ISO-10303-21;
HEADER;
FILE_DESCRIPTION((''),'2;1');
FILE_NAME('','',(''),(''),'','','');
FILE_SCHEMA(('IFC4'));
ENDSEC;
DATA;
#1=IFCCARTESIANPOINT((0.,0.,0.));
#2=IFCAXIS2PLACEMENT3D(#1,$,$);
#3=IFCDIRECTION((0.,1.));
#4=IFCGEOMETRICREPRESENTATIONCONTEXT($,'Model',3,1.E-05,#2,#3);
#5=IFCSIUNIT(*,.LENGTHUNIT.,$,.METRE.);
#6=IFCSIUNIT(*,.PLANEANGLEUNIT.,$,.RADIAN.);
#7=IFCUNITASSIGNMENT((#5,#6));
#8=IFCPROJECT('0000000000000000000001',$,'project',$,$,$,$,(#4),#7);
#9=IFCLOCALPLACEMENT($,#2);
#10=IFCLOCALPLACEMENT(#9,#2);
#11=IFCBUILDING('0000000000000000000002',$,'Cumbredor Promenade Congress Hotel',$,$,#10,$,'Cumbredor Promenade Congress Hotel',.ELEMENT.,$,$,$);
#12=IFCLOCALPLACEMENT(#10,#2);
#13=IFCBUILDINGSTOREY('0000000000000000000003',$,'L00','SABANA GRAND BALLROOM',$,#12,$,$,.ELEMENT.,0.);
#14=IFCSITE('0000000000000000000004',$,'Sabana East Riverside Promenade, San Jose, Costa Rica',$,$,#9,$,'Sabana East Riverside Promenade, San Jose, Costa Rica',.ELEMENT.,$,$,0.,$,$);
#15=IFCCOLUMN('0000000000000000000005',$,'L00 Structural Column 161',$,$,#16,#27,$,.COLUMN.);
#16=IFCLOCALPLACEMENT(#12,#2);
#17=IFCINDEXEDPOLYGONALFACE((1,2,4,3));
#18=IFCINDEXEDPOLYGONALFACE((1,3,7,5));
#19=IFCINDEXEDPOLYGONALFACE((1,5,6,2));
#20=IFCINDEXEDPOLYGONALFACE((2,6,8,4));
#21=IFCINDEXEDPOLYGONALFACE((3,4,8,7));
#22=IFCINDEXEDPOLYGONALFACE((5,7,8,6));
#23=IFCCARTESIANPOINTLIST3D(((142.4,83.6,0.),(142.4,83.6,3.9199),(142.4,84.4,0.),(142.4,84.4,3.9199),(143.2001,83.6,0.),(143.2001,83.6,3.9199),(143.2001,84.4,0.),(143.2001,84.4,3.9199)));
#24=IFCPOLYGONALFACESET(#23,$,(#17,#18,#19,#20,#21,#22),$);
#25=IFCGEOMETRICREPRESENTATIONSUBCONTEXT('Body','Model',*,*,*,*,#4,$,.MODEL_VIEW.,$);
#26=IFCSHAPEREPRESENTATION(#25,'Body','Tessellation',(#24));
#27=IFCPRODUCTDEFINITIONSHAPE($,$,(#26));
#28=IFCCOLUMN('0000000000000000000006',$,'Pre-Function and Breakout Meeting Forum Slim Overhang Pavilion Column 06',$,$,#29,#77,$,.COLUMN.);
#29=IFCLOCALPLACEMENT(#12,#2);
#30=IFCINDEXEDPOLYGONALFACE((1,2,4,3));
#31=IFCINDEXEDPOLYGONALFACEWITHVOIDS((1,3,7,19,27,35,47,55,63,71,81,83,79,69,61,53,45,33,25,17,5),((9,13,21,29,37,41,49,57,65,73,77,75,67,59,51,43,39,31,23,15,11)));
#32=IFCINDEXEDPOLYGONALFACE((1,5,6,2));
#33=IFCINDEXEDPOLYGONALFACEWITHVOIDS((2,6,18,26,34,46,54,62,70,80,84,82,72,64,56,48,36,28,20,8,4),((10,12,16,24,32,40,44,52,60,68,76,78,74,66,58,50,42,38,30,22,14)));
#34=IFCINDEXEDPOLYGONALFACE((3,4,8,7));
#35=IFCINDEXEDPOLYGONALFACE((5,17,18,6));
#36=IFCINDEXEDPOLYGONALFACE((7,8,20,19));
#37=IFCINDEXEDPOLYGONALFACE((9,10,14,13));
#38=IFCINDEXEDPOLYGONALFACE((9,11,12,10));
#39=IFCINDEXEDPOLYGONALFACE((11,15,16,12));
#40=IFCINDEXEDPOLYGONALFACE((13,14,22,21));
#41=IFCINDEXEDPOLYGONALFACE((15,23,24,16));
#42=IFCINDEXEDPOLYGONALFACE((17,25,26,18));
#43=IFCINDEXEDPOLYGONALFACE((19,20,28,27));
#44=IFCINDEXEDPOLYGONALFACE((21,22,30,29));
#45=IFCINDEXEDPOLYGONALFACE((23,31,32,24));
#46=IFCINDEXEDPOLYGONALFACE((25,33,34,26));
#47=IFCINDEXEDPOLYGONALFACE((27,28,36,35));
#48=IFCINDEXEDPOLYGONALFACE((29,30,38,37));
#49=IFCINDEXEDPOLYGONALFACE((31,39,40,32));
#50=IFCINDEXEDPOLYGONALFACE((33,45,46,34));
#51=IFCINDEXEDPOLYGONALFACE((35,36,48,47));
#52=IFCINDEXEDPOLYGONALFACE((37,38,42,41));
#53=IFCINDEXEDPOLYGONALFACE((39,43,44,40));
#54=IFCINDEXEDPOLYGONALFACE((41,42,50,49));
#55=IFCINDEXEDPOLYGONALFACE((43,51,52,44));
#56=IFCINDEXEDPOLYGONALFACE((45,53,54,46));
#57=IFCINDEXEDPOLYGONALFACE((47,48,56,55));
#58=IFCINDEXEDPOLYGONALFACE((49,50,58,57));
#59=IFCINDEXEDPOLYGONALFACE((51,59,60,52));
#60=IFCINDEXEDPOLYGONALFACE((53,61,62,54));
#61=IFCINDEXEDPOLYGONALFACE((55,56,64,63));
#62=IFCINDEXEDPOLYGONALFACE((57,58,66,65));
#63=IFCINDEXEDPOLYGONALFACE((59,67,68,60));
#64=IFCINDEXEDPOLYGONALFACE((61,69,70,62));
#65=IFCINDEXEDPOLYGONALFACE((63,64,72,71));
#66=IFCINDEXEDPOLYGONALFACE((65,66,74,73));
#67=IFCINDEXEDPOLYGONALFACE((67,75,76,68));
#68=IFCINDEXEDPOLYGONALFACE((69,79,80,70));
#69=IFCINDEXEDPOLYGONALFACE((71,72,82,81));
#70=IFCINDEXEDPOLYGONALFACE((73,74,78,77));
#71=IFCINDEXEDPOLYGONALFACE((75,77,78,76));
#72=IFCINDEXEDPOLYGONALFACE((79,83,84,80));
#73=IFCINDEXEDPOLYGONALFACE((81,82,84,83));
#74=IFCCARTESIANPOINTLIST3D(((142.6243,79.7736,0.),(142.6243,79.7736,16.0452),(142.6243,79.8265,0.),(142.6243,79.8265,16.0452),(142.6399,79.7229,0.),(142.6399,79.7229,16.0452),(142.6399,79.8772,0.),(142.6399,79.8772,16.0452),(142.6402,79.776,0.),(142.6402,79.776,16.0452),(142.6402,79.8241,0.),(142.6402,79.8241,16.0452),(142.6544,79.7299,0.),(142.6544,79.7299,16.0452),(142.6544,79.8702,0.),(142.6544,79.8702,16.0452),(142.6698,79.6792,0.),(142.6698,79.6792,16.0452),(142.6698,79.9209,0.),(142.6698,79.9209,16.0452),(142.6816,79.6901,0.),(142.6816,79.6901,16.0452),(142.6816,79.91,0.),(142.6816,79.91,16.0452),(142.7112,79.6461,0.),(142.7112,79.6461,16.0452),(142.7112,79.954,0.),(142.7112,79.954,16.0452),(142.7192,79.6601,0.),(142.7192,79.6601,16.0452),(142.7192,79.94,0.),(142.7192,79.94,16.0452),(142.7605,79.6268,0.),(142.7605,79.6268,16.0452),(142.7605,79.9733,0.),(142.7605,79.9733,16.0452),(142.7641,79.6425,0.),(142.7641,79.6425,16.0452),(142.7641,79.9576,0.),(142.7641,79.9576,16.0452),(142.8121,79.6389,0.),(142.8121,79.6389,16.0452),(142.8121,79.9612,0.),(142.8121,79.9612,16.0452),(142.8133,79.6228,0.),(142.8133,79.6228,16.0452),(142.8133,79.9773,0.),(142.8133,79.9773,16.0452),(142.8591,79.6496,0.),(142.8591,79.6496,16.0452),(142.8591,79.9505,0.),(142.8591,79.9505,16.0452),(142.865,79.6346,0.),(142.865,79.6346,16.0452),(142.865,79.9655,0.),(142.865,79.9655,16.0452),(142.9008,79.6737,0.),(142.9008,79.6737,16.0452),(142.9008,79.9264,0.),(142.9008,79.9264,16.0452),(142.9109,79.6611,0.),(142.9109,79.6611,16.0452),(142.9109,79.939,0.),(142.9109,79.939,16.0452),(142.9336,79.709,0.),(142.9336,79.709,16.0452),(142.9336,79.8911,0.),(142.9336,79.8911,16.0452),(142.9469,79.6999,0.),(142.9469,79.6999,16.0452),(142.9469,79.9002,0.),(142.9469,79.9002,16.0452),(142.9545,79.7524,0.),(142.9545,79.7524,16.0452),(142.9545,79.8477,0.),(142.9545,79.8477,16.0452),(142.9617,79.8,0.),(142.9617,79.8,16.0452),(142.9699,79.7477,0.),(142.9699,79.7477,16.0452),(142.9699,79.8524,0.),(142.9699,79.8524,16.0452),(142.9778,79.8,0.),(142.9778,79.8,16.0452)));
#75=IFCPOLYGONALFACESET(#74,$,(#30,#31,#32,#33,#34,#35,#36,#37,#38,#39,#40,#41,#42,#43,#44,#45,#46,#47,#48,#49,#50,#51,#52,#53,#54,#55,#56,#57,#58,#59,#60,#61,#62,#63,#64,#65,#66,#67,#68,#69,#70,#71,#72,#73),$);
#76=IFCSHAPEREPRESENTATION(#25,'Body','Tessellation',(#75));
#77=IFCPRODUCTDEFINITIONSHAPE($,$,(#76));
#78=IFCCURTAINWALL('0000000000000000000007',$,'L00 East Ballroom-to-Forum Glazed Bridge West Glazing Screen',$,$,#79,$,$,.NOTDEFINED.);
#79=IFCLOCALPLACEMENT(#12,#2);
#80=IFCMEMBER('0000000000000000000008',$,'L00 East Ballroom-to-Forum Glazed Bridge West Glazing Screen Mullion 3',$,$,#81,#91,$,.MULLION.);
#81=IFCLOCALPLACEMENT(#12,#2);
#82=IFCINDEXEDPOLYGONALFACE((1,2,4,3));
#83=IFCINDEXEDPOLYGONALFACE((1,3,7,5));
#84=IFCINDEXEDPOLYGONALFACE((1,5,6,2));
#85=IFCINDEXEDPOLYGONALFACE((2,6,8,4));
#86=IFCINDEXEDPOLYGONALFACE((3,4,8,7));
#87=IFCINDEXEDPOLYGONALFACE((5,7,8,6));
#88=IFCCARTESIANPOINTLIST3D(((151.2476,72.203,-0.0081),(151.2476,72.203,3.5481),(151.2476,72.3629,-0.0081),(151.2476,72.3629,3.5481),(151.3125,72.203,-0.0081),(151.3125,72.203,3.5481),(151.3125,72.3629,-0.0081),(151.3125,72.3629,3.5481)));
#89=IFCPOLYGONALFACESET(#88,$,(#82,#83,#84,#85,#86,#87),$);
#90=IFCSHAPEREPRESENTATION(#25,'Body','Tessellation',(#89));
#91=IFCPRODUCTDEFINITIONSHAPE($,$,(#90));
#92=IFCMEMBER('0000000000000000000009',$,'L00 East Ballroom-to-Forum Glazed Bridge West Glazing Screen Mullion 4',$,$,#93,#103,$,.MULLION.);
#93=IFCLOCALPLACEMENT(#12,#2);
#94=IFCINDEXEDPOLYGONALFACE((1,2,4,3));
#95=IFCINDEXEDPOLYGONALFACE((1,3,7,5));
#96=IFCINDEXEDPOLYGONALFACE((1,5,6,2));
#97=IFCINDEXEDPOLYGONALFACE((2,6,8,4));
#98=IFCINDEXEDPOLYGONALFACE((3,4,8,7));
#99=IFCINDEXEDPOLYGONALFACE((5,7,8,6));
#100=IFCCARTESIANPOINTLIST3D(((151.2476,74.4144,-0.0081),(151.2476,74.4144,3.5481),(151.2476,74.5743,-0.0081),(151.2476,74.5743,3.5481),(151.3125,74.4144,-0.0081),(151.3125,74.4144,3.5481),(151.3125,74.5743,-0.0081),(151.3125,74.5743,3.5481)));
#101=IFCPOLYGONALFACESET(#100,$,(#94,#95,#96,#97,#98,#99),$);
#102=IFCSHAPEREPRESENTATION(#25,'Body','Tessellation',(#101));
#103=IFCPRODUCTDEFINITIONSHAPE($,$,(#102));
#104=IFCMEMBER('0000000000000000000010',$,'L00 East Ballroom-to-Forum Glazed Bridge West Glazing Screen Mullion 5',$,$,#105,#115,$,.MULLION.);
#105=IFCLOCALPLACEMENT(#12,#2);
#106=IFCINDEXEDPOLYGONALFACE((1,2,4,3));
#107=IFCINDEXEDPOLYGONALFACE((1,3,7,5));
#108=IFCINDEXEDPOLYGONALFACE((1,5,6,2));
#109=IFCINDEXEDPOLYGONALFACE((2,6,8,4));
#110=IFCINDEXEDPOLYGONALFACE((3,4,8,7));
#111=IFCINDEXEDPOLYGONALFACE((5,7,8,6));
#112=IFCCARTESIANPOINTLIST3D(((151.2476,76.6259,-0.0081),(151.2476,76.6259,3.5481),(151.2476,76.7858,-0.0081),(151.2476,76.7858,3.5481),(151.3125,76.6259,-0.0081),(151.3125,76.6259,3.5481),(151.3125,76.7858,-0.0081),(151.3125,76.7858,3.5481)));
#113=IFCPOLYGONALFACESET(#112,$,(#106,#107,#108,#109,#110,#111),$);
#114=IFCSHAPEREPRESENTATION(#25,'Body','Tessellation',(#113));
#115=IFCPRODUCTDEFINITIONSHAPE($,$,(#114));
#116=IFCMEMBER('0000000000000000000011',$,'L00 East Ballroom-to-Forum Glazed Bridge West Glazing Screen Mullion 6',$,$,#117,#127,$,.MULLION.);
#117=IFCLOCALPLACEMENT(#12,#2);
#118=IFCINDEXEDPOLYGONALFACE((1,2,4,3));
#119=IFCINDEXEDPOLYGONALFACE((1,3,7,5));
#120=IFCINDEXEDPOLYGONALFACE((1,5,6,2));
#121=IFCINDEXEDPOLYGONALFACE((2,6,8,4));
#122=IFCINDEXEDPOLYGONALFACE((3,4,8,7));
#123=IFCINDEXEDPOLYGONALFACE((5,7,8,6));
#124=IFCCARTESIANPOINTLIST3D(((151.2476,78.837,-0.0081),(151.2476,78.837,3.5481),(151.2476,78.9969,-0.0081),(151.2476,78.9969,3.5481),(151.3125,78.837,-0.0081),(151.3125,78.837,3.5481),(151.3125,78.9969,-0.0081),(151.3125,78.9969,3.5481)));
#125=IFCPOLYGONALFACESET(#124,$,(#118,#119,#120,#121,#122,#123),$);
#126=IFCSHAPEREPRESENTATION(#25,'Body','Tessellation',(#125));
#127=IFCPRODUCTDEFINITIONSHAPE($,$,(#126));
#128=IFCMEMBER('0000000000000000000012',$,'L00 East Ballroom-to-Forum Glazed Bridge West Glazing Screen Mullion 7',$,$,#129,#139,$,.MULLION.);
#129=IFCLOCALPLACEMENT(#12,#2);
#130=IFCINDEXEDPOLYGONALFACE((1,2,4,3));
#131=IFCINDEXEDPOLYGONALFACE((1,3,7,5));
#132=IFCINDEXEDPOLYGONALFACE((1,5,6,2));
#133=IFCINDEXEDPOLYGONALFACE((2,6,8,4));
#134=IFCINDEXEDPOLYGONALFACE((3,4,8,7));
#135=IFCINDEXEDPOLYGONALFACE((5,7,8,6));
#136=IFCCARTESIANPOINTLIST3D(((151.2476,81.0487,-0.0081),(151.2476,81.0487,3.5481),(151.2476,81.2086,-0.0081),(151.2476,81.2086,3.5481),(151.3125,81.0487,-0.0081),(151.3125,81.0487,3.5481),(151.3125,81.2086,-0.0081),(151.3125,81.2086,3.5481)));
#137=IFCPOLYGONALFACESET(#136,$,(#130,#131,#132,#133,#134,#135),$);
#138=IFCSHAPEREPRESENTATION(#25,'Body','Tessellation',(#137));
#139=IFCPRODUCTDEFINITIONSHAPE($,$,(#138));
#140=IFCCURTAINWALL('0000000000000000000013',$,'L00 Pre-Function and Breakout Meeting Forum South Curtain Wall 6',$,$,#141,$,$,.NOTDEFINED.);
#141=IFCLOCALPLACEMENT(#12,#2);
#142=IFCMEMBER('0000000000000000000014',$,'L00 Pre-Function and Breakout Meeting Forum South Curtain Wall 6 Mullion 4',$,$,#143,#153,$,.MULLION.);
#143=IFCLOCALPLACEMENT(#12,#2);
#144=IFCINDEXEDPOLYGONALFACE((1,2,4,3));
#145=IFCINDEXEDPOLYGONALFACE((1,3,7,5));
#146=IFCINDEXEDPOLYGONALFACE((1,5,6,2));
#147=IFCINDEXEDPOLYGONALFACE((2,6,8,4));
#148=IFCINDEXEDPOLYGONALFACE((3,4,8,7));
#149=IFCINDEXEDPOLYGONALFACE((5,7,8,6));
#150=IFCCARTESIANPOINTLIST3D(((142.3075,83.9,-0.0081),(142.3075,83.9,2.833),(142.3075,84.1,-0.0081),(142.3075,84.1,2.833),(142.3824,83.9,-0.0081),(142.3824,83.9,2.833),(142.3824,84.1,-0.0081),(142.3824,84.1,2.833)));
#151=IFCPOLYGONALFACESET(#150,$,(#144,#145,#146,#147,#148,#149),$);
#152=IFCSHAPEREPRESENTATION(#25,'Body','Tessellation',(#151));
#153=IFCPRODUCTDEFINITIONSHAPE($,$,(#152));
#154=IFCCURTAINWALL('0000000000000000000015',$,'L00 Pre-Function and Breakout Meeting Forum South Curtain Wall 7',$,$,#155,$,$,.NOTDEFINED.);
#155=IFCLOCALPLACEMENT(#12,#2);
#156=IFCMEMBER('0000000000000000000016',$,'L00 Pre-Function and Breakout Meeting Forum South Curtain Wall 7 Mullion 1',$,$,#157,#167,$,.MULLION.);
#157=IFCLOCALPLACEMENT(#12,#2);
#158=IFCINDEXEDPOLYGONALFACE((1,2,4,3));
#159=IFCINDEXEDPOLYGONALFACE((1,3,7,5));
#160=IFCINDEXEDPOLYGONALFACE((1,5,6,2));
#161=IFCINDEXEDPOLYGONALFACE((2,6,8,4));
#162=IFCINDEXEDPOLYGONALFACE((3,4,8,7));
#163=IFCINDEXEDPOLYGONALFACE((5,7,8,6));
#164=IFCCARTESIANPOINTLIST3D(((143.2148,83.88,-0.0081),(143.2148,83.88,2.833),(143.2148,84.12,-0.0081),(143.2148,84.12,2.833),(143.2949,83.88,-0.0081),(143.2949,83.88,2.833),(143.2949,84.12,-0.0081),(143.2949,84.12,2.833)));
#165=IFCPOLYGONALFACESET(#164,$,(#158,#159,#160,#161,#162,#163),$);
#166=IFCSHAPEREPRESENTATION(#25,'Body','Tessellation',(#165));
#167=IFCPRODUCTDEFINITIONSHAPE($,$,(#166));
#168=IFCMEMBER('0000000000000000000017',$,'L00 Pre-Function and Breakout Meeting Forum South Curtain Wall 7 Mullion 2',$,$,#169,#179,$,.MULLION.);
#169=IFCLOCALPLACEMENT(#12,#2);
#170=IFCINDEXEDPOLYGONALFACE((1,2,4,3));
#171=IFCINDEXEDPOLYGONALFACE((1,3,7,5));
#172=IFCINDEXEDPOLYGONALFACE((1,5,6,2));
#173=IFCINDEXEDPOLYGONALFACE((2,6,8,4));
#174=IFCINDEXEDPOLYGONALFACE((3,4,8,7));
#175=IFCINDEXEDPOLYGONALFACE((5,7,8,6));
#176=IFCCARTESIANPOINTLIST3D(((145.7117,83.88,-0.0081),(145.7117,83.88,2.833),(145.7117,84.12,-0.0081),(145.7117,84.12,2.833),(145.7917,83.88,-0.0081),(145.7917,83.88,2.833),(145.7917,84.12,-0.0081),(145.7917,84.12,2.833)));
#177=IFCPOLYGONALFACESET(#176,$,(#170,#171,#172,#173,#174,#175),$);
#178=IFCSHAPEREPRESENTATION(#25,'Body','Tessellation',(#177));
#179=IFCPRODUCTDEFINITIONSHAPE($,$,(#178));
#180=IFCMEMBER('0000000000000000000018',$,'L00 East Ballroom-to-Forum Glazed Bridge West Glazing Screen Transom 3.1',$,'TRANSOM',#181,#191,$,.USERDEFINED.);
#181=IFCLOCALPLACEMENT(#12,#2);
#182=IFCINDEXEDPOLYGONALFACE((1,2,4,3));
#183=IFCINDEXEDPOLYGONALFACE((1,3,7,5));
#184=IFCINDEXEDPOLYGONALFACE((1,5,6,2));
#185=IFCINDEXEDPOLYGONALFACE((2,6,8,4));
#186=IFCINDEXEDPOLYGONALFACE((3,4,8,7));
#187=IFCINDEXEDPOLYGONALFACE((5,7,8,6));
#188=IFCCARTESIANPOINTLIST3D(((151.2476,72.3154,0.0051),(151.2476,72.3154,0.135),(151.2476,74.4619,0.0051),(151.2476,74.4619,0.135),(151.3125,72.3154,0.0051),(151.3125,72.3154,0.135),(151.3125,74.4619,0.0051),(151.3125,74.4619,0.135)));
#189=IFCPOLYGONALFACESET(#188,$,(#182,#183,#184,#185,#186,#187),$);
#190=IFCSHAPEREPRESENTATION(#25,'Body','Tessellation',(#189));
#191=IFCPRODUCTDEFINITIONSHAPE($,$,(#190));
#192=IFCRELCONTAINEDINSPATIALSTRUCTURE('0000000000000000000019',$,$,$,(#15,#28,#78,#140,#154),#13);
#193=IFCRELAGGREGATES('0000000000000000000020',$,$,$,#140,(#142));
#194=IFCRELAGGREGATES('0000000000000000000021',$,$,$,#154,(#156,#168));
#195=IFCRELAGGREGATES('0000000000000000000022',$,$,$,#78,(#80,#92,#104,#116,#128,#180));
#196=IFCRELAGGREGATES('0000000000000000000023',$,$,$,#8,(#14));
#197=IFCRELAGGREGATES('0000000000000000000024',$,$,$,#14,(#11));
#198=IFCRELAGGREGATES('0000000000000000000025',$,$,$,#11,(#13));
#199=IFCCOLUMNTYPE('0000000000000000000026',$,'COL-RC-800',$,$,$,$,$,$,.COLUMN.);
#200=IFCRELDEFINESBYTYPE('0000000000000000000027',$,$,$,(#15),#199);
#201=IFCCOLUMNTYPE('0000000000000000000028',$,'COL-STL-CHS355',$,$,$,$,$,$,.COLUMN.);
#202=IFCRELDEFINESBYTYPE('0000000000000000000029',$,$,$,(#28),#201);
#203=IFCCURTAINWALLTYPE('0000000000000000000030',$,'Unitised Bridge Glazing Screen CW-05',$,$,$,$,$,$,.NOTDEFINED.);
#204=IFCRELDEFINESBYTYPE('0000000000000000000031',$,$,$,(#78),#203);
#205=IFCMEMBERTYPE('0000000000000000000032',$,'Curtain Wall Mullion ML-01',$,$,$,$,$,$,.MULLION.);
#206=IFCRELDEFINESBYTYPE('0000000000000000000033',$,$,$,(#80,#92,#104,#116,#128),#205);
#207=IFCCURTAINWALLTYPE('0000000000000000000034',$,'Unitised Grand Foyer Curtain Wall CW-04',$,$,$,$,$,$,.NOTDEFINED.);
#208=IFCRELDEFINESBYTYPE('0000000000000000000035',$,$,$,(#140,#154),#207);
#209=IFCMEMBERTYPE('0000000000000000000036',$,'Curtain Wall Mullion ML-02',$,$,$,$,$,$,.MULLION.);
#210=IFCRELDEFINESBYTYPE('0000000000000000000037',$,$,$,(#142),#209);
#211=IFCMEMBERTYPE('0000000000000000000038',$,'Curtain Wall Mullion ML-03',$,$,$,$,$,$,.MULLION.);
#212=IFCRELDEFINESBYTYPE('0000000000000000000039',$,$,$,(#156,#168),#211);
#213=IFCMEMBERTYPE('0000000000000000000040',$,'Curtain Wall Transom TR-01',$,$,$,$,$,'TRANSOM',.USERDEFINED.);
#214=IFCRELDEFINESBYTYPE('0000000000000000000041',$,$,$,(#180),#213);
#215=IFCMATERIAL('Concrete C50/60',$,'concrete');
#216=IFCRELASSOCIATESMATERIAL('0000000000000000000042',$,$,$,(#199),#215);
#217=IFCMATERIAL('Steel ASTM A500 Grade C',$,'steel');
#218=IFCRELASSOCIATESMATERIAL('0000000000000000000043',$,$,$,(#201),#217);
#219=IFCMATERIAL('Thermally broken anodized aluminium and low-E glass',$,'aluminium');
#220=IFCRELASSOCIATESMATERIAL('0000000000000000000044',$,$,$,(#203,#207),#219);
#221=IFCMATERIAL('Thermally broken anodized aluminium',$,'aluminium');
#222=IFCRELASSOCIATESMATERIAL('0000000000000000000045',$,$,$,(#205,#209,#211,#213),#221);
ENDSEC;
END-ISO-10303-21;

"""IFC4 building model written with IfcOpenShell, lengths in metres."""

from ifc_helpers import new_model, si_unit, direction, frame, origin, origin_2d, place, context, subcontext, project, spatial, rectangle, hollow_circle, extrude, material, material_profile, profile_set, type_object, element, aggregate, save


model = new_model("IFC4")

# Units and contexts
model_context = context("Model", 3, precision=1e-05, world=origin(), true_north=direction((0.0, 1.0)))
body_context = subcontext(model_context, "Body", "Model", "MODEL_VIEW")
ifc_project = project(units=[si_unit("LENGTHUNIT", "METRE"), si_unit("PLANEANGLEUNIT", "RADIAN")], contexts=[model_context])

# Site, building, storey
site_placement = place(None, origin())
site = spatial("IfcSite", under=ifc_project, at=site_placement, Name="Sabana East Riverside Promenade, San Jose, Costa Rica", LongName="Sabana East Riverside Promenade, San Jose, Costa Rica", CompositionType="ELEMENT", RefElevation=0.0)
building_placement = place(site_placement, origin())
building = spatial("IfcBuilding", under=site, at=building_placement, Name="Cumbredor Promenade Congress Hotel", LongName="Cumbredor Promenade Congress Hotel", CompositionType="ELEMENT")
storey_placement = place(building_placement, origin())
storey = spatial("IfcBuildingStorey", under=building, at=storey_placement, Name="L00", Description="SABANA GRAND BALLROOM", CompositionType="ELEMENT", Elevation=0.0)

# Columns
ifc_material_1 = material(Name="Concrete C50/60", Category="concrete")
ifc_material_profile_1 = material_profile(ifc_material_1, rectangle(XDim=0.8, YDim=0.8, at=origin_2d()), Name="RC 800x800")
ifc_profile_set_1 = profile_set([ifc_material_profile_1], Name="Concrete C50/60")
column_type_1 = type_object("IfcColumnType", Name="COL-RC-800", PredefinedType="COLUMN", material=ifc_profile_set_1)
column_1_placement = place(storey_placement, frame((142.8, 84.0, 0.0), z_axis=(0.0, 0.0, 1.0), x_axis=(1.0, 0.0, 0.0)))
element("IfcColumn", 1, at=column_1_placement, inside=storey, type_object=column_type_1, Name="L00 Structural Column 161", PredefinedType="COLUMN", context=body_context, shape_type="SweptSolid", body=[
    extrude(rectangle(XDim=0.8, YDim=0.8, at=origin_2d()), origin(), (0.0, 0.0, 1.0), 3.9199),
])
ifc_material_2 = material(Name="Steel ASTM A500 Grade C", Category="steel")
ifc_material_profile_2 = material_profile(ifc_material_2, hollow_circle(Radius=0.1777, WallThickness=0.0161, at=origin_2d()), Name="CHS 355.6x16")
ifc_profile_set_2 = profile_set([ifc_material_profile_2], Name="Steel ASTM A500 Grade C")
column_type_2 = type_object("IfcColumnType", Name="COL-STL-CHS355", PredefinedType="COLUMN", material=ifc_profile_set_2)
column_2_placement = place(storey_placement, frame((142.8, 79.8, 0.0), z_axis=(0.0, 0.0, 1.0), x_axis=(1.0, 0.0, 0.0)))
element("IfcColumn", 2, at=column_2_placement, inside=storey, type_object=column_type_2, Name="Pre-Function and Breakout Meeting Forum Slim Overhang Pavilion Column 06", PredefinedType="COLUMN", context=body_context, shape_type="SweptSolid", body=[
    extrude(hollow_circle(Radius=0.1777, WallThickness=0.0161, at=origin_2d()), origin(), (0.0, 0.0, 1.0), 16.0452),
])

# Curtain wall, members
ifc_material_3 = material(Name="Thermally broken anodized aluminium and low-E glass", Category="aluminium")
curtain_wall_type_1 = type_object("IfcCurtainWallType", Name="Unitised Bridge Glazing Screen CW-05", PredefinedType="NOTDEFINED", material=ifc_material_3)
curtain_wall_1_placement = place(storey_placement, origin())
curtain_wall_1 = element("IfcCurtainWall", 3, at=curtain_wall_1_placement, inside=storey, type_object=curtain_wall_type_1, Name="L00 East Ballroom-to-Forum Glazed Bridge West Glazing Screen", PredefinedType="NOTDEFINED")
ifc_material_4 = material(Name="Thermally broken anodized aluminium", Category="aluminium")
ifc_material_profile_3 = material_profile(ifc_material_4, rectangle(XDim=0.0649, YDim=0.1599, at=origin_2d()), Name="ALU MULLION 65x160")
ifc_profile_set_3 = profile_set([ifc_material_profile_3], Name="Thermally broken anodized aluminium")
member_type_1 = type_object("IfcMemberType", Name="Curtain Wall Mullion ML-01", PredefinedType="MULLION", material=ifc_profile_set_3)
member_1_placement = place(storey_placement, frame((151.28, 72.283, -0.0081), z_axis=(0.0, 0.0, 1.0), x_axis=(1.0, 0.0, 0.0)))
member_1 = element("IfcMember", 4, at=member_1_placement, type_object=member_type_1, Name="L00 East Ballroom-to-Forum Glazed Bridge West Glazing Screen Mullion 3", PredefinedType="MULLION", context=body_context, shape_type="SweptSolid", body=[
    extrude(rectangle(XDim=0.0649, YDim=0.1599, at=origin_2d()), origin(), (0.0, 0.0, 1.0), 3.5562),
])
member_2_placement = place(storey_placement, frame((151.28, 74.4944, -0.0081), z_axis=(0.0, 0.0, 1.0), x_axis=(1.0, 0.0, 0.0)))
member_2 = element("IfcMember", 5, at=member_2_placement, type_object=member_type_1, Name="L00 East Ballroom-to-Forum Glazed Bridge West Glazing Screen Mullion 4", PredefinedType="MULLION", context=body_context, shape_type="SweptSolid", body=[
    extrude(rectangle(XDim=0.0649, YDim=0.1599, at=origin_2d()), origin(), (0.0, 0.0, 1.0), 3.5562),
])
member_3_placement = place(storey_placement, frame((151.28, 76.7058, -0.0081), z_axis=(0.0, 0.0, 1.0), x_axis=(1.0, 0.0, 0.0)))
member_3 = element("IfcMember", 6, at=member_3_placement, type_object=member_type_1, Name="L00 East Ballroom-to-Forum Glazed Bridge West Glazing Screen Mullion 5", PredefinedType="MULLION", context=body_context, shape_type="SweptSolid", body=[
    extrude(rectangle(XDim=0.0649, YDim=0.1599, at=origin_2d()), origin(), (0.0, 0.0, 1.0), 3.5562),
])
member_4_placement = place(storey_placement, frame((151.28, 78.917, -0.0081), z_axis=(0.0, 0.0, 1.0), x_axis=(1.0, 0.0, 0.0)))
member_4 = element("IfcMember", 7, at=member_4_placement, type_object=member_type_1, Name="L00 East Ballroom-to-Forum Glazed Bridge West Glazing Screen Mullion 6", PredefinedType="MULLION", context=body_context, shape_type="SweptSolid", body=[
    extrude(rectangle(XDim=0.0649, YDim=0.1599, at=origin_2d()), origin(), (0.0, 0.0, 1.0), 3.5562),
])
member_5_placement = place(storey_placement, frame((151.28, 81.1287, -0.0081), z_axis=(0.0, 0.0, 1.0), x_axis=(1.0, 0.0, 0.0)))
member_5 = element("IfcMember", 8, at=member_5_placement, type_object=member_type_1, Name="L00 East Ballroom-to-Forum Glazed Bridge West Glazing Screen Mullion 7", PredefinedType="MULLION", context=body_context, shape_type="SweptSolid", body=[
    extrude(rectangle(XDim=0.0649, YDim=0.1599, at=origin_2d()), origin(), (0.0, 0.0, 1.0), 3.5562),
])

# Curtain wall, member
curtain_wall_type_2 = type_object("IfcCurtainWallType", Name="Unitised Grand Foyer Curtain Wall CW-04", PredefinedType="NOTDEFINED", material=ifc_material_3)
curtain_wall_2_placement = place(storey_placement, origin())
curtain_wall_2 = element("IfcCurtainWall", 9, at=curtain_wall_2_placement, inside=storey, type_object=curtain_wall_type_2, Name="L00 Pre-Function and Breakout Meeting Forum South Curtain Wall 6", PredefinedType="NOTDEFINED")
ifc_material_profile_4 = material_profile(ifc_material_4, rectangle(XDim=0.075, YDim=0.2, at=origin_2d()), Name="ALU MULLION 75x200")
ifc_profile_set_4 = profile_set([ifc_material_profile_4], Name="Thermally broken anodized aluminium")
member_type_2 = type_object("IfcMemberType", Name="Curtain Wall Mullion ML-02", PredefinedType="MULLION", material=ifc_profile_set_4)
member_6_placement = place(storey_placement, frame((142.345, 84.0, -0.0081), z_axis=(0.0, 0.0, 1.0), x_axis=(1.0, 0.0, 0.0)))
member_6 = element("IfcMember", 10, at=member_6_placement, type_object=member_type_2, Name="L00 Pre-Function and Breakout Meeting Forum South Curtain Wall 6 Mullion 4", PredefinedType="MULLION", context=body_context, shape_type="SweptSolid", body=[
    extrude(rectangle(XDim=0.075, YDim=0.2, at=origin_2d()), origin(), (0.0, 0.0, 1.0), 2.8411),
])
aggregate(curtain_wall_2, [member_6])

# Curtain wall, members
curtain_wall_3_placement = place(storey_placement, origin())
curtain_wall_3 = element("IfcCurtainWall", 11, at=curtain_wall_3_placement, inside=storey, type_object=curtain_wall_type_2, Name="L00 Pre-Function and Breakout Meeting Forum South Curtain Wall 7", PredefinedType="NOTDEFINED")
ifc_material_profile_5 = material_profile(ifc_material_4, rectangle(XDim=0.0801, YDim=0.24, at=origin_2d()), Name="ALU MULLION 80x240")
ifc_profile_set_5 = profile_set([ifc_material_profile_5], Name="Thermally broken anodized aluminium")
member_type_3 = type_object("IfcMemberType", Name="Curtain Wall Mullion ML-03", PredefinedType="MULLION", material=ifc_profile_set_5)
member_7_placement = place(storey_placement, frame((143.2549, 84.0, -0.0081), z_axis=(0.0, 0.0, 1.0), x_axis=(1.0, 0.0, 0.0)))
member_7 = element("IfcMember", 12, at=member_7_placement, type_object=member_type_3, Name="L00 Pre-Function and Breakout Meeting Forum South Curtain Wall 7 Mullion 1", PredefinedType="MULLION", context=body_context, shape_type="SweptSolid", body=[
    extrude(rectangle(XDim=0.0801, YDim=0.24, at=origin_2d()), origin(), (0.0, 0.0, 1.0), 2.8411),
])
member_8_placement = place(storey_placement, frame((145.7517, 84.0, -0.0081), z_axis=(0.0, 0.0, 1.0), x_axis=(1.0, 0.0, 0.0)))
member_8 = element("IfcMember", 13, at=member_8_placement, type_object=member_type_3, Name="L00 Pre-Function and Breakout Meeting Forum South Curtain Wall 7 Mullion 2", PredefinedType="MULLION", context=body_context, shape_type="SweptSolid", body=[
    extrude(rectangle(XDim=0.0801, YDim=0.24, at=origin_2d()), origin(), (0.0, 0.0, 1.0), 2.8411),
])

# Member
ifc_material_profile_6 = material_profile(ifc_material_4, rectangle(XDim=0.0649, YDim=0.1299, at=origin_2d()), Name="ALU TRANSOM 65x130")
ifc_profile_set_6 = profile_set([ifc_material_profile_6], Name="Thermally broken anodized aluminium")
member_type_4 = type_object("IfcMemberType", Name="Curtain Wall Transom TR-01", ElementType="TRANSOM", PredefinedType="USERDEFINED", material=ifc_profile_set_6)
member_9_placement = place(storey_placement, frame((151.28, 72.3154, 0.0701), z_axis=(0.0, 1.0, 0.0), x_axis=(-1.0, 0.0, 0.0)))
member_9 = element("IfcMember", 14, at=member_9_placement, type_object=member_type_4, Name="L00 East Ballroom-to-Forum Glazed Bridge West Glazing Screen Transom 3.1", ObjectType="TRANSOM", PredefinedType="USERDEFINED", context=body_context, shape_type="SweptSolid", body=[
    extrude(rectangle(XDim=0.0649, YDim=0.1299, at=origin_2d()), origin(), (0.0, 0.0, 1.0), 2.1465),
])
aggregate(curtain_wall_3, [member_7, member_8])

aggregate(curtain_wall_1, [member_1, member_2, member_3, member_4, member_5, member_9])

save(model, "model.ifc")
